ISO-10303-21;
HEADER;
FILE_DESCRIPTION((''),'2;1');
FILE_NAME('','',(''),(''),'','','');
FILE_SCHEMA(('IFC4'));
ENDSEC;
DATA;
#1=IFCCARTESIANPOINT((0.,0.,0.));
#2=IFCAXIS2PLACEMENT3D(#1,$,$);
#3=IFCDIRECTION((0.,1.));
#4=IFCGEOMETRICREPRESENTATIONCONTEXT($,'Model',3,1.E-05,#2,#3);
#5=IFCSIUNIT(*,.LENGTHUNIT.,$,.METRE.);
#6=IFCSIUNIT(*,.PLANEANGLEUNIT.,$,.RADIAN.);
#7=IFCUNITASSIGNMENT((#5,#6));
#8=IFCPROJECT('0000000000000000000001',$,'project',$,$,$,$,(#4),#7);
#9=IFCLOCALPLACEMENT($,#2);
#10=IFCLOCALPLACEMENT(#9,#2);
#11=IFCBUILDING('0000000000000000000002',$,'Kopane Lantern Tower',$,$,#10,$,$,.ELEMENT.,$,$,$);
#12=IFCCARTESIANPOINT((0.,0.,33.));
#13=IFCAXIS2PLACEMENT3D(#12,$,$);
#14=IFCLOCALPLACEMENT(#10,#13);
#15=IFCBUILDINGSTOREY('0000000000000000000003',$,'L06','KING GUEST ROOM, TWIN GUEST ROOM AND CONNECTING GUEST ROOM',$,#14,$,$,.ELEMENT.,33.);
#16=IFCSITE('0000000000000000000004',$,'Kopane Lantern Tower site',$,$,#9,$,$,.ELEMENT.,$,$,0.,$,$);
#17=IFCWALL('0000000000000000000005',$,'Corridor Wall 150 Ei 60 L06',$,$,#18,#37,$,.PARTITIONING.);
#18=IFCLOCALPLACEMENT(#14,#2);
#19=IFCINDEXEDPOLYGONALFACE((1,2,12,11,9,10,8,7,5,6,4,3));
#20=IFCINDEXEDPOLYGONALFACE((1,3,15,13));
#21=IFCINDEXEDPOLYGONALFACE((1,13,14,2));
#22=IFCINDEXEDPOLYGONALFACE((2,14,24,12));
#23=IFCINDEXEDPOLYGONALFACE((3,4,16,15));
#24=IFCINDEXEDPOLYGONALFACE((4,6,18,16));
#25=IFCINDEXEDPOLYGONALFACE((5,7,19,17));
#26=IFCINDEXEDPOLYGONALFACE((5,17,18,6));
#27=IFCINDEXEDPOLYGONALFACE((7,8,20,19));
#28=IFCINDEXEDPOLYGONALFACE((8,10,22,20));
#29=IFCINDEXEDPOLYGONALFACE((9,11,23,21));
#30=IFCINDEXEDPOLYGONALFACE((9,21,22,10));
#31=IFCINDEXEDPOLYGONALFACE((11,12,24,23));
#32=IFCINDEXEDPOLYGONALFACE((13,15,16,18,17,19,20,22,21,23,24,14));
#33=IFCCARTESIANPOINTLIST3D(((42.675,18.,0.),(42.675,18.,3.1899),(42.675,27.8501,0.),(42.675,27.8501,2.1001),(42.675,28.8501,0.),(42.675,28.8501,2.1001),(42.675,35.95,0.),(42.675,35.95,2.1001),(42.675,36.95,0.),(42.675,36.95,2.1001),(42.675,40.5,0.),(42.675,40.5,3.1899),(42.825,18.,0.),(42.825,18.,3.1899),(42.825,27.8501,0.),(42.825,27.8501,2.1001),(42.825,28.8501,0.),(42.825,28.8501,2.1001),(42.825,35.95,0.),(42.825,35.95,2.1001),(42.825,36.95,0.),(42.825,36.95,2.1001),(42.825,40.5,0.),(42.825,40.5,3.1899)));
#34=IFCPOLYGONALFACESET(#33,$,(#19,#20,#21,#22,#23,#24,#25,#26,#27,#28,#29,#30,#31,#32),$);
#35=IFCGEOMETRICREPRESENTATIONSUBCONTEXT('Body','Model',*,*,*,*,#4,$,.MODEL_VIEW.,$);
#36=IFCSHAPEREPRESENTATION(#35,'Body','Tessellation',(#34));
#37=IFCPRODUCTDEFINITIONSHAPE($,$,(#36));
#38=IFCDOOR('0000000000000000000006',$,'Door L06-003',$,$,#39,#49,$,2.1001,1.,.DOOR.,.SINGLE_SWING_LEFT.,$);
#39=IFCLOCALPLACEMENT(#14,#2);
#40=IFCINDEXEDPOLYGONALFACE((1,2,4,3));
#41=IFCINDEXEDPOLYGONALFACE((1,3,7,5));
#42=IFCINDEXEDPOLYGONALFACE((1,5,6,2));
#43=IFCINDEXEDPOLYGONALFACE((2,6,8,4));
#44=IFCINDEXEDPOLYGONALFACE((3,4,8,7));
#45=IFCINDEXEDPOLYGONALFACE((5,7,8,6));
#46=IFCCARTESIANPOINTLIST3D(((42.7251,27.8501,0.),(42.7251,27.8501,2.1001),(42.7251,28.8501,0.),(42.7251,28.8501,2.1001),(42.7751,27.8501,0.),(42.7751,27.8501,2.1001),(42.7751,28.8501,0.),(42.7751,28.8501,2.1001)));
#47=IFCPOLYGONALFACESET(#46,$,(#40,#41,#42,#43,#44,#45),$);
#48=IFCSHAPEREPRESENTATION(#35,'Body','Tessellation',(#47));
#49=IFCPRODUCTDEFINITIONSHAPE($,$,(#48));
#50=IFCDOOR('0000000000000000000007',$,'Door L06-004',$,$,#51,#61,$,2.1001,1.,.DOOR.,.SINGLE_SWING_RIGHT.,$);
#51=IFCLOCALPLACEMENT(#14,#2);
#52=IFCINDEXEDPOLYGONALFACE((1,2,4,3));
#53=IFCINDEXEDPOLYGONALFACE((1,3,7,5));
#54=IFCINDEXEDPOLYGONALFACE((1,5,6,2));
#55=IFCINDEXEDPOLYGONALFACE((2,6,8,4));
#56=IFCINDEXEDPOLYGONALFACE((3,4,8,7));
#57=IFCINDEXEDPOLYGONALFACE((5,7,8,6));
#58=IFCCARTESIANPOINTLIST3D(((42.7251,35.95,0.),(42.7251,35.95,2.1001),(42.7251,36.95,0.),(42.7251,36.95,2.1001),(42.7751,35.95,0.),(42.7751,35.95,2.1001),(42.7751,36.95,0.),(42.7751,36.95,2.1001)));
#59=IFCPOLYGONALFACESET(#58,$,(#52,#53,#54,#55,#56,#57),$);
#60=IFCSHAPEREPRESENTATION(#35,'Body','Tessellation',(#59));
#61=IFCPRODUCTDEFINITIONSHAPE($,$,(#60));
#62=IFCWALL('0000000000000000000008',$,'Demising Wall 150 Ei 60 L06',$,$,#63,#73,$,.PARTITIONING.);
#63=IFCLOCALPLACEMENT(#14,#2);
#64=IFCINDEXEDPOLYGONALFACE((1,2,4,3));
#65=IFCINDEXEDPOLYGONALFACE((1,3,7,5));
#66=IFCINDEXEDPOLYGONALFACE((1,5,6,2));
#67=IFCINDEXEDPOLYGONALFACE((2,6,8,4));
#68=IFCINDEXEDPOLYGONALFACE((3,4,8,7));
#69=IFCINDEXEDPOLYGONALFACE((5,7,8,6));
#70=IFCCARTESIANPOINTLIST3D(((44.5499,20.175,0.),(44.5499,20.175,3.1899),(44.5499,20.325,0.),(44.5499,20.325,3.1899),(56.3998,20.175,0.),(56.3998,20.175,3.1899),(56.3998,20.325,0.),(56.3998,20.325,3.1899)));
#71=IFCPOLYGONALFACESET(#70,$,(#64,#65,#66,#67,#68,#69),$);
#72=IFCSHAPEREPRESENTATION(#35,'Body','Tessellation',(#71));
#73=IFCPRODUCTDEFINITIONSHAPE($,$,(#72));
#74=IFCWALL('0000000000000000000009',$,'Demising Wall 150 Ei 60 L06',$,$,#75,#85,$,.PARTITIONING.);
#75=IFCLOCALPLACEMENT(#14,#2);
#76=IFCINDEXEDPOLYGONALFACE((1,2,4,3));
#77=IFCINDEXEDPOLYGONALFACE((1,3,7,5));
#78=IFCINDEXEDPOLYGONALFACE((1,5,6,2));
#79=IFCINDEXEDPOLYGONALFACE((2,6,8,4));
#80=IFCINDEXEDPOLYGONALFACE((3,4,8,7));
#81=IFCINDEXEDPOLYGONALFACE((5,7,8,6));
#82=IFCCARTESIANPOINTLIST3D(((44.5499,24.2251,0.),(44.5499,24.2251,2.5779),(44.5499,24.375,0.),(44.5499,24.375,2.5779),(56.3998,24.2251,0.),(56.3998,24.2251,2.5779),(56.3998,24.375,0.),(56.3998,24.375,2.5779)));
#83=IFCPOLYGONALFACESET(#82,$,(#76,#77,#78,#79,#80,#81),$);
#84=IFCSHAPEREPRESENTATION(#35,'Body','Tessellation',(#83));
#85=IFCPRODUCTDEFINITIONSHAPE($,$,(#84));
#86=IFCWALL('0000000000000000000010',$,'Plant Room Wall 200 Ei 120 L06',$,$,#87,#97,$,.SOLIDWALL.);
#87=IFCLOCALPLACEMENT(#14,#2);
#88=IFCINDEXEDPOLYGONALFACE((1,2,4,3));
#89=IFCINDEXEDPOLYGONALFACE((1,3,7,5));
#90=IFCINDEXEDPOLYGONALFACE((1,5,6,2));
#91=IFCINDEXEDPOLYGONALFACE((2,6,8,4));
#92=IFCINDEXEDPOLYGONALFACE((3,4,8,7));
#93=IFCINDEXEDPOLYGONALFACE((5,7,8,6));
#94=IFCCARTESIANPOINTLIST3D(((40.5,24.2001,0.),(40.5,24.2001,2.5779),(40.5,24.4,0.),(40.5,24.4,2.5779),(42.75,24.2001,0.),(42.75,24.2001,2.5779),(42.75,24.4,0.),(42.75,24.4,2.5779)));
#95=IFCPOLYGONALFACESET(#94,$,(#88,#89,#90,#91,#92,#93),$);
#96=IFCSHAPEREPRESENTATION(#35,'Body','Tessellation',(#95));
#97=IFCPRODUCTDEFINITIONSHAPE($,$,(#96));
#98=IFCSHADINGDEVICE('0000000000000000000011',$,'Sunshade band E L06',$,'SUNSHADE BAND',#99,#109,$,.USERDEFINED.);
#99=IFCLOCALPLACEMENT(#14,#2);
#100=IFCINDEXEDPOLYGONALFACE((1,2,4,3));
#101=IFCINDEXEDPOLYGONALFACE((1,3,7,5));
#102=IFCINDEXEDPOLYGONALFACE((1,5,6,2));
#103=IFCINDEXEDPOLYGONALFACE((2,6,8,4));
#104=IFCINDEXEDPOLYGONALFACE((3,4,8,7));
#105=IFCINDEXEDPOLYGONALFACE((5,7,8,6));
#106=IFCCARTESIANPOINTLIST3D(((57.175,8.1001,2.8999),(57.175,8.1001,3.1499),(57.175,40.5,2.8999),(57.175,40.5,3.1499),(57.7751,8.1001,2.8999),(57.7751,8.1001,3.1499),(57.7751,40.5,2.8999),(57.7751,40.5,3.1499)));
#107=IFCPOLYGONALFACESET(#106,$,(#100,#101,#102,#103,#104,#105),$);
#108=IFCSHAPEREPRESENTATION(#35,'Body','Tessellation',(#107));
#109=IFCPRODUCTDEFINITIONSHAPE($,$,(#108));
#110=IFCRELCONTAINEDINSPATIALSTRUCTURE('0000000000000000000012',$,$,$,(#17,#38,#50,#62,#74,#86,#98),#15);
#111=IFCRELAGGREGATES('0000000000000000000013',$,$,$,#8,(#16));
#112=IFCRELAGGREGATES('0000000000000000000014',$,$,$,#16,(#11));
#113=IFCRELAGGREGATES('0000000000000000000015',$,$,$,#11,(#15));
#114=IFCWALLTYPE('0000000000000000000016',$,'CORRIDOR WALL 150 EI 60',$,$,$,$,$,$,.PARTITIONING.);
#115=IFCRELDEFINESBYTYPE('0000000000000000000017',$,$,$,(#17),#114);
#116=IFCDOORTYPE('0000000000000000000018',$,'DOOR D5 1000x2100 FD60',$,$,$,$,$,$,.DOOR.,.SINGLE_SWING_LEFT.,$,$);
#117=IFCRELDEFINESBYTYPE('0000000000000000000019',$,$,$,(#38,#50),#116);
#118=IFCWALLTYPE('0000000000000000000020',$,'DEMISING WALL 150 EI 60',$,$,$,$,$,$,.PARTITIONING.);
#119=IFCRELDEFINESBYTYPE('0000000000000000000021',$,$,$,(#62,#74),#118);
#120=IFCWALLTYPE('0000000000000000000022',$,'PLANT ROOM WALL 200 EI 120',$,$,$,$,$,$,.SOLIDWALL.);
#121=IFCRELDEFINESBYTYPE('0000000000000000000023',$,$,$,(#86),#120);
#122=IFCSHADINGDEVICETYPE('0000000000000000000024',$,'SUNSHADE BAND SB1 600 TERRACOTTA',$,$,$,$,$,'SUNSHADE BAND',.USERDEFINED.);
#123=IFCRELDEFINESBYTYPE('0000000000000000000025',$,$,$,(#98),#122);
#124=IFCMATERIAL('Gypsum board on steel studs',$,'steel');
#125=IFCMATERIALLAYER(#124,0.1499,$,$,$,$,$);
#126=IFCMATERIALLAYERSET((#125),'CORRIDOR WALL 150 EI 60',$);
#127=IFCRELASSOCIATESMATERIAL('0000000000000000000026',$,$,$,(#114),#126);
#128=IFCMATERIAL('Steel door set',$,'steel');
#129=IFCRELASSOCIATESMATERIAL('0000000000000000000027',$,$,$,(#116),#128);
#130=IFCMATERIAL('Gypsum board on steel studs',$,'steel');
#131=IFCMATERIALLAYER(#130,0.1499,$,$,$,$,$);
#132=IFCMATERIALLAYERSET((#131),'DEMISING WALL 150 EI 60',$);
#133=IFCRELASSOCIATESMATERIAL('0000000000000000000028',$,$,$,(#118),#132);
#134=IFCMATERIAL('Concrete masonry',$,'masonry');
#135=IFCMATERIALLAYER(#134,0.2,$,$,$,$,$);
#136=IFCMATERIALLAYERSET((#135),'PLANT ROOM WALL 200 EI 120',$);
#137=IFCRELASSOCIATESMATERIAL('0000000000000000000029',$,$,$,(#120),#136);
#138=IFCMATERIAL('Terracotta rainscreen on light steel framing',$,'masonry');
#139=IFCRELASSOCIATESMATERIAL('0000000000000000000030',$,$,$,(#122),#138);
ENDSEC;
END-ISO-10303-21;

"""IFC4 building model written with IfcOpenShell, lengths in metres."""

from ifc_helpers import new_model, si_unit, direction, frame, frame_2d, origin, origin_2d, place, context, subcontext, project, spatial, rectangle, extrude, material, layer, layer_set, type_object, element, fill, save


model = new_model("IFC4")

# Units and contexts
model_context = context("Model", 3, precision=1e-05, world=origin(), true_north=direction((0.0, 1.0)))
body_context = subcontext(model_context, "Body", "Model", "MODEL_VIEW")
ifc_project = project(units=[si_unit("LENGTHUNIT", "METRE"), si_unit("PLANEANGLEUNIT", "RADIAN")], contexts=[model_context])

# Site, building, storey
site_placement = place(None, origin())
site = spatial("IfcSite", under=ifc_project, at=site_placement, Name="Kopane Lantern Tower site", CompositionType="ELEMENT", RefElevation=0.0)
building_placement = place(site_placement, origin())
building = spatial("IfcBuilding", under=site, at=building_placement, Name="Kopane Lantern Tower", CompositionType="ELEMENT")
storey_placement = place(building_placement, frame((0.0, 0.0, 33.0)))
storey = spatial("IfcBuildingStorey", under=building, at=storey_placement, Name="L06", Description="KING GUEST ROOM, TWIN GUEST ROOM AND CONNECTING GUEST ROOM", CompositionType="ELEMENT", Elevation=33.0)

# Wall, openings, doors
ifc_material_1 = material(Name="Gypsum board on steel studs", Category="steel")
ifc_layer_1 = layer(ifc_material_1, 0.1499)
ifc_layer_set_1 = layer_set([ifc_layer_1], Name="CORRIDOR WALL 150 EI 60")
wall_type_1 = type_object("IfcWallType", Name="CORRIDOR WALL 150 EI 60", PredefinedType="PARTITIONING", material=ifc_layer_set_1)
wall_1_placement = place(storey_placement, frame((42.75, 18.0, 0.0), z_axis=(0.0, 0.0, 1.0), x_axis=(0.0, 1.0, 0.0)))
wall_1 = element("IfcWall", 1, at=wall_1_placement, inside=storey, type_object=wall_type_1, Name="Corridor Wall 150 Ei 60 L06", PredefinedType="PARTITIONING", context=body_context, shape_type="SweptSolid", body=[
    extrude(rectangle(XDim=22.5, YDim=0.1499, at=frame_2d((11.25, 0.0))), origin(), (0.0, 0.0, 1.0), 3.1899),
])
opening_1_placement = place(wall_1_placement, frame((9.8501, 0.0, 0.0)))
opening_1 = element("IfcOpeningElement", 2, at=opening_1_placement, cuts=wall_1, PredefinedType="OPENING", context=body_context, shape_type="SweptSolid", body=[
    extrude(rectangle(XDim=1.0, YDim=2.1001, at=frame_2d((0.5, 1.05))), frame((0.0, 0.085, 0.0), z_axis=(0.0, -1.0, 0.0), x_axis=(1.0, 0.0, 0.0)), (0.0, 0.0, 1.0), 0.1699),
])
opening_2_placement = place(wall_1_placement, frame((17.95, 0.0, 0.0)))
opening_2 = element("IfcOpeningElement", 3, at=opening_2_placement, cuts=wall_1, PredefinedType="OPENING", context=body_context, shape_type="SweptSolid", body=[
    extrude(rectangle(XDim=1.0, YDim=2.1001, at=frame_2d((0.5, 1.05))), frame((0.0, 0.085, 0.0), z_axis=(0.0, -1.0, 0.0), x_axis=(1.0, 0.0, 0.0)), (0.0, 0.0, 1.0), 0.1699),
])
ifc_material_2 = material(Name="Steel door set", Category="steel")
door_type_1 = type_object("IfcDoorType", Name="DOOR D5 1000x2100 FD60", OperationType="SINGLE_SWING_LEFT", PredefinedType="DOOR", material=ifc_material_2)
door_1_placement = place(opening_1_placement, origin())
door_1 = element("IfcDoor", 4, at=door_1_placement, inside=storey, type_object=door_type_1, Name="Door L06-003", OperationType="SINGLE_SWING_LEFT", OverallHeight=2.1001, OverallWidth=1.0, PredefinedType="DOOR", context=body_context, shape_type="SweptSolid", body=[
    extrude(rectangle(XDim=1.0, YDim=2.1001, at=frame_2d((0.5, 1.05))), frame((0.0, 0.0249, 0.0), z_axis=(0.0, -1.0, 0.0), x_axis=(1.0, 0.0, 0.0)), (0.0, 0.0, 1.0), 0.05),
])
fill(opening_1, door_1)
door_2_placement = place(opening_2_placement, origin())
door_2 = element("IfcDoor", 5, at=door_2_placement, inside=storey, type_object=door_type_1, Name="Door L06-004", OperationType="SINGLE_SWING_RIGHT", OverallHeight=2.1001, OverallWidth=1.0, PredefinedType="DOOR", context=body_context, shape_type="SweptSolid", body=[
    extrude(rectangle(XDim=1.0, YDim=2.1001, at=frame_2d((0.5, 1.05))), frame((0.0, 0.0249, 0.0), z_axis=(0.0, -1.0, 0.0), x_axis=(1.0, 0.0, 0.0)), (0.0, 0.0, 1.0), 0.05),
])
fill(opening_2, door_2)

# Walls
ifc_material_3 = material(Name="Gypsum board on steel studs", Category="steel")
ifc_layer_2 = layer(ifc_material_3, 0.1499)
ifc_layer_set_2 = layer_set([ifc_layer_2], Name="DEMISING WALL 150 EI 60")
wall_type_2 = type_object("IfcWallType", Name="DEMISING WALL 150 EI 60", PredefinedType="PARTITIONING", material=ifc_layer_set_2)
wall_2_placement = place(storey_placement, frame((44.55, 20.25, 0.0), z_axis=(0.0, 0.0, 1.0), x_axis=(1.0, 0.0, 0.0)))
element("IfcWall", 6, at=wall_2_placement, inside=storey, type_object=wall_type_2, Name="Demising Wall 150 Ei 60 L06", PredefinedType="PARTITIONING", context=body_context, shape_type="SweptSolid", body=[
    extrude(rectangle(XDim=11.8499, YDim=0.1499, at=frame_2d((5.9248, 0.0))), origin(), (0.0, 0.0, 1.0), 3.1899),
])
wall_3_placement = place(storey_placement, frame((44.55, 24.3, 0.0), z_axis=(0.0, 0.0, 1.0), x_axis=(1.0, 0.0, 0.0)))
element("IfcWall", 7, at=wall_3_placement, inside=storey, type_object=wall_type_2, Name="Demising Wall 150 Ei 60 L06", PredefinedType="PARTITIONING", context=body_context, shape_type="SweptSolid", body=[
    extrude(rectangle(XDim=11.8499, YDim=0.1499, at=frame_2d((5.9248, 0.0))), origin(), (0.0, 0.0, 1.0), 2.5779),
])
ifc_material_4 = material(Name="Concrete masonry", Category="masonry")
ifc_layer_3 = layer(ifc_material_4, 0.2)
ifc_layer_set_3 = layer_set([ifc_layer_3], Name="PLANT ROOM WALL 200 EI 120")
wall_type_3 = type_object("IfcWallType", Name="PLANT ROOM WALL 200 EI 120", PredefinedType="SOLIDWALL", material=ifc_layer_set_3)
wall_4_placement = place(storey_placement, frame((40.5, 24.3, 0.0), z_axis=(0.0, 0.0, 1.0), x_axis=(1.0, 0.0, 0.0)))
element("IfcWall", 8, at=wall_4_placement, inside=storey, type_object=wall_type_3, Name="Plant Room Wall 200 Ei 120 L06", PredefinedType="SOLIDWALL", context=body_context, shape_type="SweptSolid", body=[
    extrude(rectangle(XDim=2.25, YDim=0.2, at=frame_2d((1.125, 0.0))), origin(), (0.0, 0.0, 1.0), 2.5779),
])

# Shading device
ifc_material_5 = material(Name="Terracotta rainscreen on light steel framing", Category="masonry")
shading_device_type = type_object("IfcShadingDeviceType", Name="SUNSHADE BAND SB1 600 TERRACOTTA", ElementType="SUNSHADE BAND", PredefinedType="USERDEFINED", material=ifc_material_5)
shading_device_placement = place(storey_placement, frame((57.4751, 24.3, 2.8999), z_axis=(0.0, 0.0, 1.0), x_axis=(0.0, 1.0, 0.0)))
element("IfcShadingDevice", 9, at=shading_device_placement, inside=storey, type_object=shading_device_type, Name="Sunshade band E L06", ObjectType="SUNSHADE BAND", PredefinedType="USERDEFINED", context=body_context, shape_type="SweptSolid", body=[
    extrude(rectangle(XDim=32.3999, YDim=0.6001, at=origin_2d()), origin(), (0.0, 0.0, 1.0), 0.25),
])

save(model, "model.ifc")
